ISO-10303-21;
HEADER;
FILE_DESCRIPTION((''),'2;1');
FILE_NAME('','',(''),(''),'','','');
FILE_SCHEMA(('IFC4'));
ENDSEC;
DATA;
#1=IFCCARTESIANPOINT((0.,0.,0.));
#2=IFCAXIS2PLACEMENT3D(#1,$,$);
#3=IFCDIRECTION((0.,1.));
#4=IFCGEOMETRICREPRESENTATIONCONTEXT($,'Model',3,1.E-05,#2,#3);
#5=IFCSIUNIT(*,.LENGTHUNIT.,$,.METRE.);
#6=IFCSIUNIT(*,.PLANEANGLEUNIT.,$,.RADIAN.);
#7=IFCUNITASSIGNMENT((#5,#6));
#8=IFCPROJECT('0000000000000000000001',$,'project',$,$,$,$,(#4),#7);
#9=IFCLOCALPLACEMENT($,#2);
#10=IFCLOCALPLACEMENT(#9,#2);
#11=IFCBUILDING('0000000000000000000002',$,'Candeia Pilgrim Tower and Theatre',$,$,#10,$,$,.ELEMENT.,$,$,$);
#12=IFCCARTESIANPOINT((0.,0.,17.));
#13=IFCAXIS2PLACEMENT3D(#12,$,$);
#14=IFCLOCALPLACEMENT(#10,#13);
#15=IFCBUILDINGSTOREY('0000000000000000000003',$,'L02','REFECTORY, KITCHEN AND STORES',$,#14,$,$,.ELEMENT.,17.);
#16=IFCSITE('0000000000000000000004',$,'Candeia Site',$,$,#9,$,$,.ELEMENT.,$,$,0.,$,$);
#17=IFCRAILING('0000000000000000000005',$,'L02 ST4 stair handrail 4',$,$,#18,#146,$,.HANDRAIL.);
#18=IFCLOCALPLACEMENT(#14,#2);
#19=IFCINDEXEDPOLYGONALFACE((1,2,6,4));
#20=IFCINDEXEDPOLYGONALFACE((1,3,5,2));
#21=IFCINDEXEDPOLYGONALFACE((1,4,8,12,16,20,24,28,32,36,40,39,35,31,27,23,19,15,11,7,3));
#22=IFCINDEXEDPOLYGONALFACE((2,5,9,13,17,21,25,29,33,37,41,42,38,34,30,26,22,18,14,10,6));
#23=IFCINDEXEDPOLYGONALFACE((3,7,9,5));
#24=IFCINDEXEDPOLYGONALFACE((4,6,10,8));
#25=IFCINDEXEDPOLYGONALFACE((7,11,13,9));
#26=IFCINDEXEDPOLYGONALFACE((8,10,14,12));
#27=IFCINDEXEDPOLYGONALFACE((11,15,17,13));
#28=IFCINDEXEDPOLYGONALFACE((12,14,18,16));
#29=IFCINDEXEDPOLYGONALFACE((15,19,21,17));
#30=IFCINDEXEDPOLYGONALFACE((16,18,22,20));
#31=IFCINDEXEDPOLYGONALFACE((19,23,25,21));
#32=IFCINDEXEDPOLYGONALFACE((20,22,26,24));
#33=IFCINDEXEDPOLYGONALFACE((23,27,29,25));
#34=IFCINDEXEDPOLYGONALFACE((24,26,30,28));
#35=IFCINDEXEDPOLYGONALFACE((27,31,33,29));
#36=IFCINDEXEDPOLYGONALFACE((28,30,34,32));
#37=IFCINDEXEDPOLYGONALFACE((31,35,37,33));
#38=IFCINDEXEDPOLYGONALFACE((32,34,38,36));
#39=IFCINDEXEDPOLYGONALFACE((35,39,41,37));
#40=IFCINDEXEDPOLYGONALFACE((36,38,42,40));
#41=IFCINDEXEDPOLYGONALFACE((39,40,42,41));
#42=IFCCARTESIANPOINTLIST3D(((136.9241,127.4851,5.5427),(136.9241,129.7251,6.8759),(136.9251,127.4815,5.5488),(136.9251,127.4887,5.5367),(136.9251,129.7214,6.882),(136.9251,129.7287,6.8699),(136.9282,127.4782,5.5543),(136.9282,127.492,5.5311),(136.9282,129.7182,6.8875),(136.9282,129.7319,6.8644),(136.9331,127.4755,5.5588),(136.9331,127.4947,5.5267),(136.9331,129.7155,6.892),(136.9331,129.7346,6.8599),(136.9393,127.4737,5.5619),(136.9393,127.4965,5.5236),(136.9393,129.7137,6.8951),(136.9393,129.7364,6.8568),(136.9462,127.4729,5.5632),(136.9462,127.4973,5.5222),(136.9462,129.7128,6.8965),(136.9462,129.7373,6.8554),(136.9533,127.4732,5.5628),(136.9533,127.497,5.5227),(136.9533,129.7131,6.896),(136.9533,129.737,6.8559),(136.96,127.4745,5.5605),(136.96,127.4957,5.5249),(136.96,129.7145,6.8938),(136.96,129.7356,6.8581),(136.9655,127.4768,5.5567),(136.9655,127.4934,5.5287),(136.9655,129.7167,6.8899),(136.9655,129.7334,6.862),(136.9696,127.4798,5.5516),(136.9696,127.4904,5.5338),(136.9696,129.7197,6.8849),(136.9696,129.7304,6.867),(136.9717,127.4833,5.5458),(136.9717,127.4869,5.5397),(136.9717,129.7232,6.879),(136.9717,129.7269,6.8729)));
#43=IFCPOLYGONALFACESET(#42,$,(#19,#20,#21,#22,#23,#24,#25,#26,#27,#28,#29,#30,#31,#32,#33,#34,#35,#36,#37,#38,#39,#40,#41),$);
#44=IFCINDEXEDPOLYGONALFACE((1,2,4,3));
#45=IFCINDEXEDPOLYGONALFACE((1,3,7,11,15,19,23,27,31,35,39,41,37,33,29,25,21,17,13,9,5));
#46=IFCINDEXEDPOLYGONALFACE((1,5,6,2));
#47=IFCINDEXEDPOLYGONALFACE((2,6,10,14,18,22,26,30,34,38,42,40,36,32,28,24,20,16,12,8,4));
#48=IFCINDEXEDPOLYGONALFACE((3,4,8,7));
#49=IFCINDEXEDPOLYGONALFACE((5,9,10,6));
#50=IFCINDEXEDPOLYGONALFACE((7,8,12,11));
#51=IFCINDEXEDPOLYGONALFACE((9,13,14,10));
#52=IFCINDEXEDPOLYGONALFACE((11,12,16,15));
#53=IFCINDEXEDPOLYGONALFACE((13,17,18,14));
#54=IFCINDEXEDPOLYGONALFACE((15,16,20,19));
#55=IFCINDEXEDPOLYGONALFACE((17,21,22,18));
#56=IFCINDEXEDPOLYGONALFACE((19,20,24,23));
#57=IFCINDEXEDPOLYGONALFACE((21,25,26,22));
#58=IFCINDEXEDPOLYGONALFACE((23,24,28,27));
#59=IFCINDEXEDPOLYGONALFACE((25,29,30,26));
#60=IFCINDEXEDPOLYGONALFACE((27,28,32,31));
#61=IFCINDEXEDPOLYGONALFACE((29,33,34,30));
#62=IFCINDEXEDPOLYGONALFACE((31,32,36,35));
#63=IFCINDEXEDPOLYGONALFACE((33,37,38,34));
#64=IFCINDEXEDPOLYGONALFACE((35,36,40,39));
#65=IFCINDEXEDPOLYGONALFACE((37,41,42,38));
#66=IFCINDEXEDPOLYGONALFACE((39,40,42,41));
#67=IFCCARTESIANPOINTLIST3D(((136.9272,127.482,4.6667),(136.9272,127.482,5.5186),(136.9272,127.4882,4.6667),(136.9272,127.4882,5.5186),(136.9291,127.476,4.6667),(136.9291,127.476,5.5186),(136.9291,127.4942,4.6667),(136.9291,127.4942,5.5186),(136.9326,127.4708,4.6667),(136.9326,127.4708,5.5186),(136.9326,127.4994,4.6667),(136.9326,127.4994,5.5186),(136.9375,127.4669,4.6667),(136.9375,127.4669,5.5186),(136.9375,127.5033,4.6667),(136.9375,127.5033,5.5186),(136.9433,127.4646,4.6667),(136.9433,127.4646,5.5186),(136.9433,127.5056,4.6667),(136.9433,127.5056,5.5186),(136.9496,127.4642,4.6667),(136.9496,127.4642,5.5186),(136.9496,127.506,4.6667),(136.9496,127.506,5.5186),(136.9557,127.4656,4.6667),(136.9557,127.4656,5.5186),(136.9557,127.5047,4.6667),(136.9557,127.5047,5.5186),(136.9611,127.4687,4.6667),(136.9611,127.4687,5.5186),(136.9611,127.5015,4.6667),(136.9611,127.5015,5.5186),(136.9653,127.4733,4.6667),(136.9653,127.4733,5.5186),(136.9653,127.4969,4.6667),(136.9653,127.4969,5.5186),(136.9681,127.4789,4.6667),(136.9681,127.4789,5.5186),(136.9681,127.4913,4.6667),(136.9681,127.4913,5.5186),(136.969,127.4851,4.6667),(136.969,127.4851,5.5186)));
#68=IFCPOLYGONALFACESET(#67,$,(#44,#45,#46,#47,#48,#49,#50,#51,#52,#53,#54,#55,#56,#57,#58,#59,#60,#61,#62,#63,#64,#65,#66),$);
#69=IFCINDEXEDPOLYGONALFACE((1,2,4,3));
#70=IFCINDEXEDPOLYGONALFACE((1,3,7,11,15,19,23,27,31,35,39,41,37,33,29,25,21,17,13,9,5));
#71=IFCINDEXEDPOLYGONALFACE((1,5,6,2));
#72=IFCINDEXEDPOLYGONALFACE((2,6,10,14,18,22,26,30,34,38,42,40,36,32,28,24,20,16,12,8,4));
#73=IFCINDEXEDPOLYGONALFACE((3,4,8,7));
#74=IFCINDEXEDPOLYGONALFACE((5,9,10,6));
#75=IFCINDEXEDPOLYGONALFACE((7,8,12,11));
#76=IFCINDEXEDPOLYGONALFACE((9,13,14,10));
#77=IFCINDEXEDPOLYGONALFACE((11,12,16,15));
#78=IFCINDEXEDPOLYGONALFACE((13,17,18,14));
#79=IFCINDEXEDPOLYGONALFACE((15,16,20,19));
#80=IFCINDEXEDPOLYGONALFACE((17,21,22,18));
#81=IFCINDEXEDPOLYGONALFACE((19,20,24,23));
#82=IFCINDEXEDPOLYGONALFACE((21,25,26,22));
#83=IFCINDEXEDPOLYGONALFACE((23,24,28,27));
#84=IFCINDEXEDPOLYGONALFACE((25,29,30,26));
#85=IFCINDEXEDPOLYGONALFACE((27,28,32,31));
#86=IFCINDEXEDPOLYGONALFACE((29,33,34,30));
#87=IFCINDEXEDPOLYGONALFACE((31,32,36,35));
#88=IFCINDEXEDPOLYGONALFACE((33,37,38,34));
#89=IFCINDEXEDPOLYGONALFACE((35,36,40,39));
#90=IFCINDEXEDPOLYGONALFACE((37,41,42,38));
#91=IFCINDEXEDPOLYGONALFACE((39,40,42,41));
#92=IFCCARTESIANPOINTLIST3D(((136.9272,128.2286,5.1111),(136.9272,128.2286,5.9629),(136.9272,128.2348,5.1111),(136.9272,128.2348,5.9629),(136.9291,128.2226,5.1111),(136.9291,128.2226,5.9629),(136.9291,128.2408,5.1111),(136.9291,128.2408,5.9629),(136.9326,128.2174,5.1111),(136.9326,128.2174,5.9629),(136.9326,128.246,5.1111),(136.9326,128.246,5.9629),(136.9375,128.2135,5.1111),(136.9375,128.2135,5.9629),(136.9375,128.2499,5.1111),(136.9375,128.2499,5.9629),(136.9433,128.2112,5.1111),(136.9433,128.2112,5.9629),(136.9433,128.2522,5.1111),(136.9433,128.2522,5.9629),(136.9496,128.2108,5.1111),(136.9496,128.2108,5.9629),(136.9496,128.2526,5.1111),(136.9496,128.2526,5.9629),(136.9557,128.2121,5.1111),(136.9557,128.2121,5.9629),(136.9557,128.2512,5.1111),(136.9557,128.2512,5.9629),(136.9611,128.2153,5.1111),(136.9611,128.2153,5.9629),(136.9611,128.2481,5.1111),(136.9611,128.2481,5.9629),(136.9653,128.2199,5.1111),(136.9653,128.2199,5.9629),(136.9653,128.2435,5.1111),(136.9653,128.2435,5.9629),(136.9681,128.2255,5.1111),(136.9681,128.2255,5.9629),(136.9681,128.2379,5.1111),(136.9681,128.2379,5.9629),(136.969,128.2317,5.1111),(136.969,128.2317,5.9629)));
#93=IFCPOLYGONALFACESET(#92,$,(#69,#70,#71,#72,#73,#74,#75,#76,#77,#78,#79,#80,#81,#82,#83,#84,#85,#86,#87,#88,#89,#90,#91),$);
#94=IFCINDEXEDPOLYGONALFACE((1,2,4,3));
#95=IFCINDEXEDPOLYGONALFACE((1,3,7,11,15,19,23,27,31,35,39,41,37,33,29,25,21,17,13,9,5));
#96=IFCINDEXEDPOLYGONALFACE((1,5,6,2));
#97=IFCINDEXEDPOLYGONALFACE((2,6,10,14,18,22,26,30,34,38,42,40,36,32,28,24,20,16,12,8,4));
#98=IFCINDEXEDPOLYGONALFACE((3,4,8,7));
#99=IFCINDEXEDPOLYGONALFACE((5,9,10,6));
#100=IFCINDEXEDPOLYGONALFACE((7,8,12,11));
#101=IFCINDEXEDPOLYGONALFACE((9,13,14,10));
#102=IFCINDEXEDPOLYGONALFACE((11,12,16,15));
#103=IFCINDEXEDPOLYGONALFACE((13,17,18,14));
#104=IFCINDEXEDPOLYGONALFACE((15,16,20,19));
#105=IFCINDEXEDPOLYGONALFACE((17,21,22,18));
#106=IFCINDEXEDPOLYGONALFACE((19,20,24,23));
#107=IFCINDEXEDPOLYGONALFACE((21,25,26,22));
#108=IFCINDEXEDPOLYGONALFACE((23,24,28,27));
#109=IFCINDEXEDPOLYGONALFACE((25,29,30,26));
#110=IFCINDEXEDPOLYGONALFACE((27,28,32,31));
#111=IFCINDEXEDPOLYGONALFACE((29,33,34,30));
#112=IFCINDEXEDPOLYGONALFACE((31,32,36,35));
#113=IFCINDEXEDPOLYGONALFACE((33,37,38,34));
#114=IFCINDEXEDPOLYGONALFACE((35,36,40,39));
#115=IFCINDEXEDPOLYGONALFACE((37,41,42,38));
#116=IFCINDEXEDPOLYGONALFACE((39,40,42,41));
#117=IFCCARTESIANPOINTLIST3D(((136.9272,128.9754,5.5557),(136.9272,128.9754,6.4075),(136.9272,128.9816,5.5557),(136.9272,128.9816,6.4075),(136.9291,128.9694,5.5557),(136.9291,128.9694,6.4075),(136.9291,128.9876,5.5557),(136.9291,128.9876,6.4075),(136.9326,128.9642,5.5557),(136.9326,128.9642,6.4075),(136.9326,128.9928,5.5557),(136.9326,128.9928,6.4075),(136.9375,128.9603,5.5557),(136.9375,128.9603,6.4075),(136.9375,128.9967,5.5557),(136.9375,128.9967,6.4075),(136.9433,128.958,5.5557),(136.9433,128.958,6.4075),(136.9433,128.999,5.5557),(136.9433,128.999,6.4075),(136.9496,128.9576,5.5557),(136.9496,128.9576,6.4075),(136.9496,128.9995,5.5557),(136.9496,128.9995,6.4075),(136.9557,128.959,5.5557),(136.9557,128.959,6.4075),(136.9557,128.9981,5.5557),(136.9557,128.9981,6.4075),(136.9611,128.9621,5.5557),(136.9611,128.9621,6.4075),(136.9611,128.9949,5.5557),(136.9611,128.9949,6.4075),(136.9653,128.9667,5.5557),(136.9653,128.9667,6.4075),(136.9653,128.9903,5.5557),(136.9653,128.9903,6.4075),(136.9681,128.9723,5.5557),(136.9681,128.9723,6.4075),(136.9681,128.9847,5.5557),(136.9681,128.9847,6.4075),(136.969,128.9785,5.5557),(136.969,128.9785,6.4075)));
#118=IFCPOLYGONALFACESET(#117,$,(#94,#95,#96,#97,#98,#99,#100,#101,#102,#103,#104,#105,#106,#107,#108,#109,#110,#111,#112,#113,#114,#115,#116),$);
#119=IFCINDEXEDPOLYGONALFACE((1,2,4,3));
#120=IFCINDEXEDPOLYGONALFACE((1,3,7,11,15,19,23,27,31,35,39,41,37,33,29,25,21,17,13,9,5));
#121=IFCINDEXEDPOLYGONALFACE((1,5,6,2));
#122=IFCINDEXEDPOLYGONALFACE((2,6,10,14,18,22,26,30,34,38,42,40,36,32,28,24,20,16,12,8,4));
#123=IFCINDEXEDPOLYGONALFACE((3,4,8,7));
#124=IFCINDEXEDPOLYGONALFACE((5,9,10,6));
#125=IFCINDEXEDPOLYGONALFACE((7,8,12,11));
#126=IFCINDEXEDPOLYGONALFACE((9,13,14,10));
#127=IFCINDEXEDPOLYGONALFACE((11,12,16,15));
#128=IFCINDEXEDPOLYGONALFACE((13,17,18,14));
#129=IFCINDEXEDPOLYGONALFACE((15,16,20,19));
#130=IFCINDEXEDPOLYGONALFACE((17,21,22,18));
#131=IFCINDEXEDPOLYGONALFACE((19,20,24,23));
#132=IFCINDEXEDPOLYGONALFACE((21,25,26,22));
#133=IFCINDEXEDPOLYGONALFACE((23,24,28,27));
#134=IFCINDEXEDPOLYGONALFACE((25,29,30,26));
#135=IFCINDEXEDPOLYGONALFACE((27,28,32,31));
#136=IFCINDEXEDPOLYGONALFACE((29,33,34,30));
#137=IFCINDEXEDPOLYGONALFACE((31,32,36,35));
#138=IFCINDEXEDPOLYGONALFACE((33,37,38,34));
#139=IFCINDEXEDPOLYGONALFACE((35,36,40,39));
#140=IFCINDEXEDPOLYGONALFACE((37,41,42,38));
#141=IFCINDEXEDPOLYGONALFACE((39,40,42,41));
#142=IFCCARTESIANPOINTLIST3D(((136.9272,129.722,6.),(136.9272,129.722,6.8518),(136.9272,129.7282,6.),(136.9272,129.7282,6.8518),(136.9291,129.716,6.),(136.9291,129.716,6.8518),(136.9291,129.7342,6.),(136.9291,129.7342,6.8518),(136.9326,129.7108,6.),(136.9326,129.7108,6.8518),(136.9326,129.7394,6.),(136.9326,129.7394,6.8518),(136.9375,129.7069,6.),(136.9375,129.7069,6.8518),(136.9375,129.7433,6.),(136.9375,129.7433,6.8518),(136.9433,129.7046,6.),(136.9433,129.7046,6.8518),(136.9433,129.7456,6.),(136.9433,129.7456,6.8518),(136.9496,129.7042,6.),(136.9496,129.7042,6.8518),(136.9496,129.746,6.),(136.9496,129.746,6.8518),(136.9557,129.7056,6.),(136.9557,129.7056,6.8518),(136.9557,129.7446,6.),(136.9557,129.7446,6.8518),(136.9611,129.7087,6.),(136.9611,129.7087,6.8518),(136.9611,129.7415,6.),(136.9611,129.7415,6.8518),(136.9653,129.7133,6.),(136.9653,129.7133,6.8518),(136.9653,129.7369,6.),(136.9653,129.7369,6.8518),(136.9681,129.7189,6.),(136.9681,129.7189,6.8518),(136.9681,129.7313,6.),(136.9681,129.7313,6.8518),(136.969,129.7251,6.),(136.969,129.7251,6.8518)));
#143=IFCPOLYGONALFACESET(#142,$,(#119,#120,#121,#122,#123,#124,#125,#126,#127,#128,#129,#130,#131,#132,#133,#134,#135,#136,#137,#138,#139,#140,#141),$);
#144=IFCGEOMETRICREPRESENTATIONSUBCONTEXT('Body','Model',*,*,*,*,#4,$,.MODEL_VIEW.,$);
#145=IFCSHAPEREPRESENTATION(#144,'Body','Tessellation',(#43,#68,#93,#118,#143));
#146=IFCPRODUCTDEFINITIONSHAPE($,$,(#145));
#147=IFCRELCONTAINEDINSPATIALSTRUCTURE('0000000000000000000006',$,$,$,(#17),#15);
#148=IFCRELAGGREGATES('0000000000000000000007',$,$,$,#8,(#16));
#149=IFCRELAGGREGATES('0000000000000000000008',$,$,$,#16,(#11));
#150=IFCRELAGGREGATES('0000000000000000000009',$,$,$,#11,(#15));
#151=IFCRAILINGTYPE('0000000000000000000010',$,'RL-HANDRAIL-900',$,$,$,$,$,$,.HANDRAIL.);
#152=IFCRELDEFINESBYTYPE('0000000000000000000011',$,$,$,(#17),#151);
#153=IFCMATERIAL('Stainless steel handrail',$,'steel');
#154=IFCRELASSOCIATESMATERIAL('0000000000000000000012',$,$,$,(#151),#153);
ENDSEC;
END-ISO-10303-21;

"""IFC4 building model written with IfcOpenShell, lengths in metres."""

from ifc_helpers import new_model, si_unit, direction, frame, origin, origin_2d, place, context, subcontext, project, spatial, circle, extrude, material, type_object, element, save


model = new_model("IFC4")

# Units and contexts
model_context = context("Model", 3, precision=1e-05, world=origin(), true_north=direction((0.0, 1.0)))
body_context = subcontext(model_context, "Body", "Model", "MODEL_VIEW")
ifc_project = project(units=[si_unit("LENGTHUNIT", "METRE"), si_unit("PLANEANGLEUNIT", "RADIAN")], contexts=[model_context])

# Site, building, storey
site_placement = place(None, origin())
site = spatial("IfcSite", under=ifc_project, at=site_placement, Name="Candeia Site", CompositionType="ELEMENT", RefElevation=0.0)
building_placement = place(site_placement, origin())
building = spatial("IfcBuilding", under=site, at=building_placement, Name="Candeia Pilgrim Tower and Theatre", CompositionType="ELEMENT")
storey_placement = place(building_placement, frame((0.0, 0.0, 17.0)))
storey = spatial("IfcBuildingStorey", under=building, at=storey_placement, Name="L02", Description="REFECTORY, KITCHEN AND STORES", CompositionType="ELEMENT", Elevation=17.0)

# Railing
ifc_material_1 = material(Name="Stainless steel handrail", Category="steel")
railing_type_1 = type_object("IfcRailingType", Name="RL-HANDRAIL-900", PredefinedType="HANDRAIL", material=ifc_material_1)
for number, where, name in (
    (1, (136.948, 127.4851, 4.6667), "L02 ST4 stair handrail 4"),
):
    element("IfcRailing", number, at=place(storey_placement, frame(where)), inside=storey, type_object=railing_type_1, Name=name, PredefinedType="HANDRAIL", context=body_context, shape_type="SweptSolid", body=[
        extrude(circle(Radius=0.0239, at=origin_2d()), frame((0.0, 0.0, 0.876), z_axis=(0.0, 0.859306, 0.511462), x_axis=(-1.0, 0.0, 0.0)), (0.0, 0.0, 1.0), 2.6067),
        extrude(circle(Radius=0.021, at=origin_2d()), origin(), (0.0, 0.0, 1.0), 0.8518),
        extrude(circle(Radius=0.021, at=origin_2d()), frame((0.0, 0.7466, 0.4443)), (0.0, 0.0, 1.0), 0.8518),
        extrude(circle(Radius=0.021, at=origin_2d()), frame((0.0, 1.4934, 0.8889)), (0.0, 0.0, 1.0), 0.8518),
        extrude(circle(Radius=0.021, at=origin_2d()), frame((0.0, 2.24, 1.3333)), (0.0, 0.0, 1.0), 0.8518),
    ])

save(model, "model.ifc")
